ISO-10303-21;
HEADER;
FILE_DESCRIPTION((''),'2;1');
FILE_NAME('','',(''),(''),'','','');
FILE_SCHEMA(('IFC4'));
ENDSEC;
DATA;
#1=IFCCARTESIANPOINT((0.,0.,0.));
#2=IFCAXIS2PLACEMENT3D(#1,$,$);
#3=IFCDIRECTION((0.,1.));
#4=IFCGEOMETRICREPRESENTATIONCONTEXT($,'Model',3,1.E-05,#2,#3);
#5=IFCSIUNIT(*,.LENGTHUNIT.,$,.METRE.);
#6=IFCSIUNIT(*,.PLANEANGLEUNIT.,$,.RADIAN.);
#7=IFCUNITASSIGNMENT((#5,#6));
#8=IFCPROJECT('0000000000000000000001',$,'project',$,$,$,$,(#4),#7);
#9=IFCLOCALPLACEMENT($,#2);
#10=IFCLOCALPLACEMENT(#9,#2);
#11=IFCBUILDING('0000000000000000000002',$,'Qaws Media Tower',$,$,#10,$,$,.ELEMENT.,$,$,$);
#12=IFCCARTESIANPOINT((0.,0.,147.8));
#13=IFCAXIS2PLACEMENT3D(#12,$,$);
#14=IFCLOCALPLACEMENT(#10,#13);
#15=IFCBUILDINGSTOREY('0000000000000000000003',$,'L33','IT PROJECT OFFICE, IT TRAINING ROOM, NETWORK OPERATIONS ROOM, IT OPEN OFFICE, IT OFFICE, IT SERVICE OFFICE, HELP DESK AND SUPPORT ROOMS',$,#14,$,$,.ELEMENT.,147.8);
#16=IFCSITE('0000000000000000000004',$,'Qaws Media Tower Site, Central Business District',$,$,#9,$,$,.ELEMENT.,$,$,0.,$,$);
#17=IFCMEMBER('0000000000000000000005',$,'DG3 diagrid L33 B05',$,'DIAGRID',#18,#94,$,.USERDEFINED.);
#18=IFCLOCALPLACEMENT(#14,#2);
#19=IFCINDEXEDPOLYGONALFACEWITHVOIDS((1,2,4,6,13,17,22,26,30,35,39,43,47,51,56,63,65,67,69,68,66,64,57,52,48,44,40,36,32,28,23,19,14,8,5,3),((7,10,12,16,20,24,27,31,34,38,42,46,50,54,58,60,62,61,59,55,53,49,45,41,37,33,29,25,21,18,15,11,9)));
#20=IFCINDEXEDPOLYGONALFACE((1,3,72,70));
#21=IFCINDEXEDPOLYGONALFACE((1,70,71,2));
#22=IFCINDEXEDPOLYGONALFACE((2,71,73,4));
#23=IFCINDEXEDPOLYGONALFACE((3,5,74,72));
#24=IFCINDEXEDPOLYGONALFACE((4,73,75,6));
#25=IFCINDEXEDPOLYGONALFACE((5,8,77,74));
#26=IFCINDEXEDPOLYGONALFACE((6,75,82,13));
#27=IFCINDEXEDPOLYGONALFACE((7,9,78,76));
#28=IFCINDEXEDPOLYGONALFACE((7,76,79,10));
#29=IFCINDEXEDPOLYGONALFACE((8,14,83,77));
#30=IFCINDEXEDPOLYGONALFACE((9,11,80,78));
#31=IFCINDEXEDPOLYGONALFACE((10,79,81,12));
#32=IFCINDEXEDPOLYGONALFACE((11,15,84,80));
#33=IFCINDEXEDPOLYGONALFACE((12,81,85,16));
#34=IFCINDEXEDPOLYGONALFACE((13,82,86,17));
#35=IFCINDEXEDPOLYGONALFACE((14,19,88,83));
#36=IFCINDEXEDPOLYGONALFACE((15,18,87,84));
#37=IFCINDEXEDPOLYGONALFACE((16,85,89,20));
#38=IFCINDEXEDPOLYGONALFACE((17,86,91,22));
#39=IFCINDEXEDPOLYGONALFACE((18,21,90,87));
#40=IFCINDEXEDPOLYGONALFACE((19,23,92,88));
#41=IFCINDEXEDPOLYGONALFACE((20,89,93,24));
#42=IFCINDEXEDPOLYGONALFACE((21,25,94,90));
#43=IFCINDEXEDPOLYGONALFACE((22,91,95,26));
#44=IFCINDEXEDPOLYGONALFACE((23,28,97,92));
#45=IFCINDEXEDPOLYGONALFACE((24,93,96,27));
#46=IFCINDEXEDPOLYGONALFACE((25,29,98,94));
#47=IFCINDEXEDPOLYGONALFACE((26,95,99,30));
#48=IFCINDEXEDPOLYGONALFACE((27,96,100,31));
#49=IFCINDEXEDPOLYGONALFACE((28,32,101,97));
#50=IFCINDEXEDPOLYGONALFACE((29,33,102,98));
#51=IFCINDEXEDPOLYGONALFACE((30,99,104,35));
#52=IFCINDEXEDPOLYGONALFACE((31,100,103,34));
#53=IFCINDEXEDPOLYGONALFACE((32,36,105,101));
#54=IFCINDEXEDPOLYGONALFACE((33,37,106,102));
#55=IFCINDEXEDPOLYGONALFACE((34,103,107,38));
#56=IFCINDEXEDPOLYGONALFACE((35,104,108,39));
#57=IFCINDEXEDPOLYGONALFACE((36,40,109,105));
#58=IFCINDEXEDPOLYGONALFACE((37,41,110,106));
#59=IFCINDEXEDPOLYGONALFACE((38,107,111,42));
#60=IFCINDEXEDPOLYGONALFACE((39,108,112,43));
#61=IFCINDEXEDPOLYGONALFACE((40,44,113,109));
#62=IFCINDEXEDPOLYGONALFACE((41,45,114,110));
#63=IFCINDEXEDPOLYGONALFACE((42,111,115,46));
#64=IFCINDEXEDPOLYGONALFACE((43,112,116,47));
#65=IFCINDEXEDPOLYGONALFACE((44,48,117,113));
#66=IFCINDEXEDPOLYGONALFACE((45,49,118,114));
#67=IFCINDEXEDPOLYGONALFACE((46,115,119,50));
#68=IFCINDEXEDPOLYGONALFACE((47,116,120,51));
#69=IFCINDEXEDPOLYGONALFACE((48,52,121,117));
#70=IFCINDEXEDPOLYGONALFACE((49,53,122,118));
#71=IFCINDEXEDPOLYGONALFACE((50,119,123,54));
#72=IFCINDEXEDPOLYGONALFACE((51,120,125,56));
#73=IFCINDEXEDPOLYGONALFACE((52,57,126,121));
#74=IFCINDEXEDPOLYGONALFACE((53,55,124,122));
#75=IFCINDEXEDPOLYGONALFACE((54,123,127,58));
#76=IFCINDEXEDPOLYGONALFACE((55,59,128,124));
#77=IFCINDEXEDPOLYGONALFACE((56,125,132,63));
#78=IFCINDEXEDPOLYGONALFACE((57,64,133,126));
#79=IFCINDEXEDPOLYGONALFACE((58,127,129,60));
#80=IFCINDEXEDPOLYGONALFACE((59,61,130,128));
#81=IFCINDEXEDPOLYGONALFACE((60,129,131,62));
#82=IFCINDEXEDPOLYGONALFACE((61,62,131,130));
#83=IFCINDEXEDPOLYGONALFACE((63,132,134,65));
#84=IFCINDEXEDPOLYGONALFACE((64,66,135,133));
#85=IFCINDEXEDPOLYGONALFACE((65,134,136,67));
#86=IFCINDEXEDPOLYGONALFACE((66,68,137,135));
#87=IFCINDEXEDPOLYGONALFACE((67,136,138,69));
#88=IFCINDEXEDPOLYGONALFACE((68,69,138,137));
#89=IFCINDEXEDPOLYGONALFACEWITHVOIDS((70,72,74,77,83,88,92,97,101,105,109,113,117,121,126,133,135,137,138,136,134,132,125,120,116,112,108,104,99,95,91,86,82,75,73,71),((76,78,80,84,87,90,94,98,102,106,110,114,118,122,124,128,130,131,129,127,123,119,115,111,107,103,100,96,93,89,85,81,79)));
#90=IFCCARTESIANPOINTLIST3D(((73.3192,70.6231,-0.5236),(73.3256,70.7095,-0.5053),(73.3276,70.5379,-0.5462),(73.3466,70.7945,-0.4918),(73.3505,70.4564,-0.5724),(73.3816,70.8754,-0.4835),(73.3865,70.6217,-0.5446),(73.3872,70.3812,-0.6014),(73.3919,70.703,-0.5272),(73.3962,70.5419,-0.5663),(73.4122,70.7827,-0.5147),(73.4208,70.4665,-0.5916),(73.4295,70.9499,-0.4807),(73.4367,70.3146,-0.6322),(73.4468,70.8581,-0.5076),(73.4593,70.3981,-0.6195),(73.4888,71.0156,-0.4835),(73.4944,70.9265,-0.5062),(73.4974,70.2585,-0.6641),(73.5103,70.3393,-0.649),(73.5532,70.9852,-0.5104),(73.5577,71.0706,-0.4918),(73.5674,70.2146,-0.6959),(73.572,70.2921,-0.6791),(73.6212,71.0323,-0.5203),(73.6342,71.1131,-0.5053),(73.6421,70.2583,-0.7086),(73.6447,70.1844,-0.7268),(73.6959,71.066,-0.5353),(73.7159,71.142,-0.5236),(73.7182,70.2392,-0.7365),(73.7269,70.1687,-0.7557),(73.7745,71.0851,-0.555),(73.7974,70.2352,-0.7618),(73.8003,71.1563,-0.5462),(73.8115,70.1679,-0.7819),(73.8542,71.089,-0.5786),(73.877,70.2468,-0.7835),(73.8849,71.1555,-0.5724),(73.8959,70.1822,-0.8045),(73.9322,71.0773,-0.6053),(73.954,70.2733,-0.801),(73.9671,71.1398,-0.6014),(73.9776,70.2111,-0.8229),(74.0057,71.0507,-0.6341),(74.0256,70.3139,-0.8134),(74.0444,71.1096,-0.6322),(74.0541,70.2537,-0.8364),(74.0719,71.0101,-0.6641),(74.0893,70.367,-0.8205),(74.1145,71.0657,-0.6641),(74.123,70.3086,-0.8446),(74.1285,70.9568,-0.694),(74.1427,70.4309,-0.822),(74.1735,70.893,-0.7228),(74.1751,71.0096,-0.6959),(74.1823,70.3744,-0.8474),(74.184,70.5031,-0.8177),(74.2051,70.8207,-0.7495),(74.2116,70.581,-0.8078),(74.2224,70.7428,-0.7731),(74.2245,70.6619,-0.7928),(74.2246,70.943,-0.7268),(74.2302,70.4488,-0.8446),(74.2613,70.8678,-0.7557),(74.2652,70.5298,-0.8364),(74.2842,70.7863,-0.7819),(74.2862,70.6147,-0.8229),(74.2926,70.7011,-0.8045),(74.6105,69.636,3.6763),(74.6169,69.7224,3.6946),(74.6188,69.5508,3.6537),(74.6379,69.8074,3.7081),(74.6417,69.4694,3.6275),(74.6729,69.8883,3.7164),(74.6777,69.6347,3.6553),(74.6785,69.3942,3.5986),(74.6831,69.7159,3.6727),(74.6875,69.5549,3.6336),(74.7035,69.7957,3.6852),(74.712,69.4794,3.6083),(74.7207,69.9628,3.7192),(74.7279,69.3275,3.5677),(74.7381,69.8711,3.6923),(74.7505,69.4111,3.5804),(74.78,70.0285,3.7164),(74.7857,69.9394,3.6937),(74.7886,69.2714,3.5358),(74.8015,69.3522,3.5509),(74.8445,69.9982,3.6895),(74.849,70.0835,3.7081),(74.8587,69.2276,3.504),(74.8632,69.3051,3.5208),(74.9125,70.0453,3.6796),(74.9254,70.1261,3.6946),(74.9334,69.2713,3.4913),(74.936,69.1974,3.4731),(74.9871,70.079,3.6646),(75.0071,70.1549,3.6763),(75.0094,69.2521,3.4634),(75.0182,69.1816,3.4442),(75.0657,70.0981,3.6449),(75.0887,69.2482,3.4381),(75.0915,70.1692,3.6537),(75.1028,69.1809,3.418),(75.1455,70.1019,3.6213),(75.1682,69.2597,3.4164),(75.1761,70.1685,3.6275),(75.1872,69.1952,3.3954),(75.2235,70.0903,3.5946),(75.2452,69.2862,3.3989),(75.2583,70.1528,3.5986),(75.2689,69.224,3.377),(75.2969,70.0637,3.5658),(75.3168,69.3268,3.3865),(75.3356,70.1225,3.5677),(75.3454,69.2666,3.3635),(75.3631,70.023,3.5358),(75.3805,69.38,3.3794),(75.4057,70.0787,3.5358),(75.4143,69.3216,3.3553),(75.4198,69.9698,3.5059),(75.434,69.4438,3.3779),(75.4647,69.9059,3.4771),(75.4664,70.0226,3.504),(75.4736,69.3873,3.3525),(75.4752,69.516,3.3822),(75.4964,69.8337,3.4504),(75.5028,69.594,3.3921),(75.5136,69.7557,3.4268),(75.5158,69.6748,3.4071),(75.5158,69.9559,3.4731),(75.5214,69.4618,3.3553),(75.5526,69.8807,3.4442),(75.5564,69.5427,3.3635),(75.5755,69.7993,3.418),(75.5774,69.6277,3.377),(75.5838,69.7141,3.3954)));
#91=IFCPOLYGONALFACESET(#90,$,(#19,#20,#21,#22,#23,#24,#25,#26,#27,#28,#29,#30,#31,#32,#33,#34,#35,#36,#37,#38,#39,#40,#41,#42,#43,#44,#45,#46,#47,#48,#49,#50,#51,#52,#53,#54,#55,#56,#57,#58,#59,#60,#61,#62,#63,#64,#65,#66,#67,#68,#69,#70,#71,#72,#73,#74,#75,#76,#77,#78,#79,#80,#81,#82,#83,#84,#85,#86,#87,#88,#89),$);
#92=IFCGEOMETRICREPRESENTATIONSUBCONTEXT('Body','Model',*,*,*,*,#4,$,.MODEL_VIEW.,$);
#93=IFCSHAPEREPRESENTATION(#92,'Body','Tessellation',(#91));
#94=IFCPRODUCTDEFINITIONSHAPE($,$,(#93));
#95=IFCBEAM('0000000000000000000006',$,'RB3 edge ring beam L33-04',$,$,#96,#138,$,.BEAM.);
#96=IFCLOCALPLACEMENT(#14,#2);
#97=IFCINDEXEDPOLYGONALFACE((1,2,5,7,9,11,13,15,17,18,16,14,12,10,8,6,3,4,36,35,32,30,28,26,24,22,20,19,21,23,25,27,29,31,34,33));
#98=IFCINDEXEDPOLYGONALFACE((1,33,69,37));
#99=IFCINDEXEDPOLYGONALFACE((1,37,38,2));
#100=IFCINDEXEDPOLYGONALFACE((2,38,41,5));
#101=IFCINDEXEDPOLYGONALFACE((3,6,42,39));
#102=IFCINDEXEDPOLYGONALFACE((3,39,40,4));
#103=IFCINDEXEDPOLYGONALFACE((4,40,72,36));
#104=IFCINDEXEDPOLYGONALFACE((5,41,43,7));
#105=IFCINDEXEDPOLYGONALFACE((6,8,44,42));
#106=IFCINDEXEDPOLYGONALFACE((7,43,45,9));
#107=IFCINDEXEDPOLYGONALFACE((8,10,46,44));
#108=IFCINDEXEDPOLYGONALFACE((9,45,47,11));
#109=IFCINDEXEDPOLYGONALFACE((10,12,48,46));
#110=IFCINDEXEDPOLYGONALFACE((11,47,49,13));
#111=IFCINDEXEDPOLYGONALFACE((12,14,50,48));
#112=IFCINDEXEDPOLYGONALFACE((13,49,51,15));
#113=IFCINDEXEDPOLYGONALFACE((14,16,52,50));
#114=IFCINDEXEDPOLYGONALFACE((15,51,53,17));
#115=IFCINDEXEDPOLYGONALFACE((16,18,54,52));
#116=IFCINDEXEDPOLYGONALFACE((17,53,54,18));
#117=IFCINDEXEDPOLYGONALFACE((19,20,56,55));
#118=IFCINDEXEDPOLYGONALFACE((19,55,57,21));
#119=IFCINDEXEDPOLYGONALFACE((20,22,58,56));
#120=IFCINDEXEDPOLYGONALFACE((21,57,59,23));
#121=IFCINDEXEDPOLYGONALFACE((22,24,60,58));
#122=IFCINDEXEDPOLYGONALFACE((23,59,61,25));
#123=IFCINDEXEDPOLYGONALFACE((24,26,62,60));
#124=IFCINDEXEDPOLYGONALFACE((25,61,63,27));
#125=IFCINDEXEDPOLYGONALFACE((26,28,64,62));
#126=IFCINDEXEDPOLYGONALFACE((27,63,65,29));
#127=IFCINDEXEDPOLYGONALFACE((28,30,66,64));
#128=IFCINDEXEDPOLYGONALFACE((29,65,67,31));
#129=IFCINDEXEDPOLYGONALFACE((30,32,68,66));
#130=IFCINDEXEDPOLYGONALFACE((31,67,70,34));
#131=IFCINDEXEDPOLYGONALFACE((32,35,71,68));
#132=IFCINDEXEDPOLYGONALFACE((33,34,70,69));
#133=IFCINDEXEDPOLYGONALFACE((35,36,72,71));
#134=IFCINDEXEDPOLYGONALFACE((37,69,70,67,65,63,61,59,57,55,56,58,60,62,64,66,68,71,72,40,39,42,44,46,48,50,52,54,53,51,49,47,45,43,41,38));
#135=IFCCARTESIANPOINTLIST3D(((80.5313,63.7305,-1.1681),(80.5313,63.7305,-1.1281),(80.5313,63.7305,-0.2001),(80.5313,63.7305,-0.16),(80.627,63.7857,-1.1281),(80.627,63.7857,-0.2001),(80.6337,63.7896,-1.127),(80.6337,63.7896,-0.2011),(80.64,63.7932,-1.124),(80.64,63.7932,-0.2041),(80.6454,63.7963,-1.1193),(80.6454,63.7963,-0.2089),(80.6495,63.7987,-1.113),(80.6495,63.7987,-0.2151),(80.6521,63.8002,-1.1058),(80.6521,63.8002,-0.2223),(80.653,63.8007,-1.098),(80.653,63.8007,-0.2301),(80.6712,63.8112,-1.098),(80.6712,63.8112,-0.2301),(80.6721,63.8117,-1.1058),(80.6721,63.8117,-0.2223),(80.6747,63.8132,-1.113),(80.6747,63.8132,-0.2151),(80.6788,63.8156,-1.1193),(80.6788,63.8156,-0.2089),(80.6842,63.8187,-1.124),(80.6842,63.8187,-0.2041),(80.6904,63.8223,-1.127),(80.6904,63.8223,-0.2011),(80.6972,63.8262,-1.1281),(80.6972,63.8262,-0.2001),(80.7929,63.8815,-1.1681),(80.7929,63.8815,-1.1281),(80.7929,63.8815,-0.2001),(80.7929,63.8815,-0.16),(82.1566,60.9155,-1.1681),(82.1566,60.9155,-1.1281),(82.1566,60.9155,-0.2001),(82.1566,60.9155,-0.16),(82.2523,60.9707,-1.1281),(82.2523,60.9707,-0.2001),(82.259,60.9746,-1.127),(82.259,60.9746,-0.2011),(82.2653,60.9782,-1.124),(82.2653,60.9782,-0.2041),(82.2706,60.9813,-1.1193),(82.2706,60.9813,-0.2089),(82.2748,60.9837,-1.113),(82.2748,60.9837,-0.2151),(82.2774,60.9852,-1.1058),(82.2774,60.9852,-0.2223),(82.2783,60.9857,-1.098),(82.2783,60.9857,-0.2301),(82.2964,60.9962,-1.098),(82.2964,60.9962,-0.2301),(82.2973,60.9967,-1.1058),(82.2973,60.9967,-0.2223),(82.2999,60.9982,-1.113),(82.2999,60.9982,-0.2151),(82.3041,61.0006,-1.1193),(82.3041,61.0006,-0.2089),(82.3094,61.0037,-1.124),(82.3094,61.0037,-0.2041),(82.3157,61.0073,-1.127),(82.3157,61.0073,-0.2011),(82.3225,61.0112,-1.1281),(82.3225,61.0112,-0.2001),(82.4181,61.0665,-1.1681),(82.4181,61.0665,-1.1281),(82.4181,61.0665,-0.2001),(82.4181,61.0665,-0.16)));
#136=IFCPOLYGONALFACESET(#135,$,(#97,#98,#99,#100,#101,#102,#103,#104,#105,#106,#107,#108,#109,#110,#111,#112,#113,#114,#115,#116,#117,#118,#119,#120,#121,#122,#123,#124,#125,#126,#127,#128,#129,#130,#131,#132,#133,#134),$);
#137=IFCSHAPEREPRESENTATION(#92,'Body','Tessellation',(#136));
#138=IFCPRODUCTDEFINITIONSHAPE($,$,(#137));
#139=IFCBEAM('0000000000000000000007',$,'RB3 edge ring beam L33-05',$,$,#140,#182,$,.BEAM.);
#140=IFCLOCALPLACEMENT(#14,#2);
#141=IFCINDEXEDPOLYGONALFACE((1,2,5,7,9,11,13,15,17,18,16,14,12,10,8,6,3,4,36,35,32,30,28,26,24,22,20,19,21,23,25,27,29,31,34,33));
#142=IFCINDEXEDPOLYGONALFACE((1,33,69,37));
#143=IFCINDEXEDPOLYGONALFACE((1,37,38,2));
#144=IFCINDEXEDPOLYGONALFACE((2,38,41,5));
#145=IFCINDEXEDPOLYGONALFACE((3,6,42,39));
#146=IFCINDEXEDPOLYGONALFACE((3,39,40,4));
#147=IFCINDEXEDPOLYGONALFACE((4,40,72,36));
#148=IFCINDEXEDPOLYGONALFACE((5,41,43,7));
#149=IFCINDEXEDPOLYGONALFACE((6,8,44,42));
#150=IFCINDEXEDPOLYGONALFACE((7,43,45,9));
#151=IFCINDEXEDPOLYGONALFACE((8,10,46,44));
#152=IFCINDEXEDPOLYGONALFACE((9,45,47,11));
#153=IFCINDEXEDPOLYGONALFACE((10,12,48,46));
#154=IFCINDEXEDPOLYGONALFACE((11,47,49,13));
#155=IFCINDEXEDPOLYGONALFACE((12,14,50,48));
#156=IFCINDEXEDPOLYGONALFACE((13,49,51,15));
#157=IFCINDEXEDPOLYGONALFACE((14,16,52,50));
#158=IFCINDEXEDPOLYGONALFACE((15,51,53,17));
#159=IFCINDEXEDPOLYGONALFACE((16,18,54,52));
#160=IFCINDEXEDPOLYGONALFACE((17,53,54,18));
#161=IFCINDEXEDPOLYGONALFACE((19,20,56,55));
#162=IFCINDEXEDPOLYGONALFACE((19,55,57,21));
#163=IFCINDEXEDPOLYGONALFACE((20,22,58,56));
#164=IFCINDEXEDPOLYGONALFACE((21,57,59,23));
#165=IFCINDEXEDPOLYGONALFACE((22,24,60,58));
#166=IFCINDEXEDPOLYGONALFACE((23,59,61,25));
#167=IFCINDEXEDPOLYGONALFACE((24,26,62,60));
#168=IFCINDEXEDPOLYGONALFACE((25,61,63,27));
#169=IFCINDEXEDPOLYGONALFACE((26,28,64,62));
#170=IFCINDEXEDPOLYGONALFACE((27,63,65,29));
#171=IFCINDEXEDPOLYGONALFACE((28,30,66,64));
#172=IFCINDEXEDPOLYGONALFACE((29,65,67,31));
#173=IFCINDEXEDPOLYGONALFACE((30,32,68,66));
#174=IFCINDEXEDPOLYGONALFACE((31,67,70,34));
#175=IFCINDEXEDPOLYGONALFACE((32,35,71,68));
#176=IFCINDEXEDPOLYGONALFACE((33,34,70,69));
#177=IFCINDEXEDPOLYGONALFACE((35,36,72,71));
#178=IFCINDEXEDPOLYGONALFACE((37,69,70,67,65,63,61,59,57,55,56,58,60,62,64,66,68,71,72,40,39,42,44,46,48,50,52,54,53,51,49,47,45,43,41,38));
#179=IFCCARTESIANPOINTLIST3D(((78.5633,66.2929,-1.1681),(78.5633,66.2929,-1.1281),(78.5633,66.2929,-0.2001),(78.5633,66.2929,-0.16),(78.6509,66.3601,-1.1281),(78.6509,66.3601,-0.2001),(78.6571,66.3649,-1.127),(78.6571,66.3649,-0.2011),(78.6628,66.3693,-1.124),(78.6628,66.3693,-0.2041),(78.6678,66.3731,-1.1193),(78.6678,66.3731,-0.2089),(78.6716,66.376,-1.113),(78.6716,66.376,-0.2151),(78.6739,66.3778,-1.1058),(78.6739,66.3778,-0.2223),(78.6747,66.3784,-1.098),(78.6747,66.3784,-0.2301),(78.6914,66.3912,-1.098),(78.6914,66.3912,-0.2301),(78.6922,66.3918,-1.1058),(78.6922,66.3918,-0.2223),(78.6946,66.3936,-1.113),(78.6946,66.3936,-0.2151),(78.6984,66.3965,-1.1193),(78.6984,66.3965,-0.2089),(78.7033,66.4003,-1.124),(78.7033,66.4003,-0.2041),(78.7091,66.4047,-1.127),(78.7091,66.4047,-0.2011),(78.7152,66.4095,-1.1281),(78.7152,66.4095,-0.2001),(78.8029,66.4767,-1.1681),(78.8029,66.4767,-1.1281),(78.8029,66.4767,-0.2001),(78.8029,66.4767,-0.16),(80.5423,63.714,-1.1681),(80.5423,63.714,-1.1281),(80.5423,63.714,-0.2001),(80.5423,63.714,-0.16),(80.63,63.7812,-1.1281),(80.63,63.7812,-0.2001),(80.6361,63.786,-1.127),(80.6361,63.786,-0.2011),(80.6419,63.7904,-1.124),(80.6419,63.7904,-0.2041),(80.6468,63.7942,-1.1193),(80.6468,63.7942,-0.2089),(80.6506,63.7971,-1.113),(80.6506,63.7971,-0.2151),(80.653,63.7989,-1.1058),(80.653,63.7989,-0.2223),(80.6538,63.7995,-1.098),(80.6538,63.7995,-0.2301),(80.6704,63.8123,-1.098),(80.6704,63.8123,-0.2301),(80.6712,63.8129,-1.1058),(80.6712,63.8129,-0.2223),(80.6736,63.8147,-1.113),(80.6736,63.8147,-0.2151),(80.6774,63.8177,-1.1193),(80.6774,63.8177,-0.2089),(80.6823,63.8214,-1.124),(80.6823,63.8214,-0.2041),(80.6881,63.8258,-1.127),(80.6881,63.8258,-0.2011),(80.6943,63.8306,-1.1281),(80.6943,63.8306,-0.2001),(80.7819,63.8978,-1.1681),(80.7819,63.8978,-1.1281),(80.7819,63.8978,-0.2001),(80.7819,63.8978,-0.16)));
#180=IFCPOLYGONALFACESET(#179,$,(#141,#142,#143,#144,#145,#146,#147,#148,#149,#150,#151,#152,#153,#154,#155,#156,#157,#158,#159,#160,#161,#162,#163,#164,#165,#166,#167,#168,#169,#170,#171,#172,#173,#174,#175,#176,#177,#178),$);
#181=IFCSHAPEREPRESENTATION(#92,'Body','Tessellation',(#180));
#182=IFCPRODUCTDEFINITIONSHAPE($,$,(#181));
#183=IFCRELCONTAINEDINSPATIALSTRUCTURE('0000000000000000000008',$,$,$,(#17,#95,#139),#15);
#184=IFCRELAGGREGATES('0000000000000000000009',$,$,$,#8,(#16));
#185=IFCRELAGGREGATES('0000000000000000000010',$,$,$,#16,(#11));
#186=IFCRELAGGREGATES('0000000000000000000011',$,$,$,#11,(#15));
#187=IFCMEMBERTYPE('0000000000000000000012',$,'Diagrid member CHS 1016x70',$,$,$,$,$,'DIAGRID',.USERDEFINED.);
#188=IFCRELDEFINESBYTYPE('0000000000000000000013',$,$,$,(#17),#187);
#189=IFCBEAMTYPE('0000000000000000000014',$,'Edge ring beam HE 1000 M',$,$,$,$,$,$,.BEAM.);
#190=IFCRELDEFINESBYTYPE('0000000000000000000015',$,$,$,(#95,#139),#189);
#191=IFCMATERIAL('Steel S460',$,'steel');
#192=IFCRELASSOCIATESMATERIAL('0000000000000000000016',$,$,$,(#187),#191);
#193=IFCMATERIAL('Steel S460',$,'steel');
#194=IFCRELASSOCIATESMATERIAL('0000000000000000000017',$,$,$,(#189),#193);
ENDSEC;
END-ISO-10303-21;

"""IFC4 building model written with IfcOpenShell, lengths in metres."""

from ifc_helpers import new_model, si_unit, direction, frame, origin, origin_2d, place, context, subcontext, project, spatial, hollow_circle, i_section, extrude, material, material_profile, profile_set, type_object, element, save


model = new_model("IFC4")

# Units and contexts
model_context = context("Model", 3, precision=1e-05, world=origin(), true_north=direction((0.0, 1.0)))
body_context = subcontext(model_context, "Body", "Model", "MODEL_VIEW")
ifc_project = project(units=[si_unit("LENGTHUNIT", "METRE"), si_unit("PLANEANGLEUNIT", "RADIAN")], contexts=[model_context])

# Site, building, storey
site_placement = place(None, origin())
site = spatial("IfcSite", under=ifc_project, at=site_placement, Name="Qaws Media Tower Site, Central Business District", CompositionType="ELEMENT", RefElevation=0.0)
building_placement = place(site_placement, origin())
building = spatial("IfcBuilding", under=site, at=building_placement, Name="Qaws Media Tower", CompositionType="ELEMENT")
storey_placement = place(building_placement, frame((0.0, 0.0, 147.8)))
storey = spatial("IfcBuildingStorey", under=building, at=storey_placement, Name="L33", Description="IT PROJECT OFFICE, IT TRAINING ROOM, NETWORK OPERATIONS ROOM, IT OPEN OFFICE, IT OFFICE, IT SERVICE OFFICE, HELP DESK AND SUPPORT ROOMS", CompositionType="ELEMENT", Elevation=147.8)

# Member
ifc_material_1 = material(Name="Steel S460", Category="steel")
ifc_material_profile_1 = material_profile(ifc_material_1, hollow_circle(Radius=0.5081, WallThickness=0.0701, at=origin_2d()), Name="CHS 1016x70")
ifc_profile_set_1 = profile_set([ifc_material_profile_1], Name="Steel S460")
member_type_1 = type_object("IfcMemberType", Name="Diagrid member CHS 1016x70", ElementType="DIAGRID", PredefinedType="USERDEFINED", material=ifc_profile_set_1)
for number, where, z_axis, x_axis, name in (
    (1, (73.8059, 70.6621, -0.6641), (0.286726, -0.219178, 0.932604), (0.607305, 0.794469, 0.0), "DG3 diagrid L33 B05"),
):
    element("IfcMember", number, at=place(storey_placement, frame(where, z_axis=z_axis, x_axis=x_axis)), inside=storey, type_object=member_type_1, Name=name, ObjectType="DIAGRID", PredefinedType="USERDEFINED", context=body_context, shape_type="SweptSolid", body=[
        extrude(hollow_circle(Radius=0.5081, WallThickness=0.0701, at=origin_2d()), origin(), (0.0, 0.0, 1.0), 4.5034),
    ])

# Beams
ifc_material_2 = material(Name="Steel S460", Category="steel")
ifc_material_profile_2 = material_profile(ifc_material_2, i_section(OverallWidth=0.302, OverallDepth=1.0081, WebThickness=0.021, FlangeThickness=0.04, FilletRadius=0.03, at=origin_2d()), Name="HE 1000 M")
ifc_profile_set_2 = profile_set([ifc_material_profile_2], Name="Steel S460")
beam_type = type_object("IfcBeamType", Name="Edge ring beam HE 1000 M", PredefinedType="BEAM", material=ifc_profile_set_2)
beam_1_placement = place(storey_placement, frame((82.2874, 60.991, -0.6641), z_axis=(-0.500009, 0.86602, 0.0), x_axis=(-0.86602, -0.500009, 0.0)))
element("IfcBeam", 2, at=beam_1_placement, inside=storey, type_object=beam_type, Name="RB3 edge ring beam L33-04", PredefinedType="BEAM", context=body_context, shape_type="SweptSolid", body=[
    extrude(i_section(OverallWidth=0.302, OverallDepth=1.0081, WebThickness=0.021, FlangeThickness=0.04, FilletRadius=0.03, at=origin_2d()), origin(), (0.0, 0.0, 1.0), 3.2505),
])
beam_2_placement = place(storey_placement, frame((80.6621, 63.8059, -0.6641), z_axis=(-0.608796, 0.793327, 0.0), x_axis=(-0.793327, -0.608796, 0.0)))
element("IfcBeam", 3, at=beam_2_placement, inside=storey, type_object=beam_type, Name="RB3 edge ring beam L33-05", PredefinedType="BEAM", context=body_context, shape_type="SweptSolid", body=[
    extrude(i_section(OverallWidth=0.302, OverallDepth=1.0081, WebThickness=0.021, FlangeThickness=0.04, FilletRadius=0.03, at=origin_2d()), origin(), (0.0, 0.0, 1.0), 3.2507),
])

save(model, "model.ifc")
